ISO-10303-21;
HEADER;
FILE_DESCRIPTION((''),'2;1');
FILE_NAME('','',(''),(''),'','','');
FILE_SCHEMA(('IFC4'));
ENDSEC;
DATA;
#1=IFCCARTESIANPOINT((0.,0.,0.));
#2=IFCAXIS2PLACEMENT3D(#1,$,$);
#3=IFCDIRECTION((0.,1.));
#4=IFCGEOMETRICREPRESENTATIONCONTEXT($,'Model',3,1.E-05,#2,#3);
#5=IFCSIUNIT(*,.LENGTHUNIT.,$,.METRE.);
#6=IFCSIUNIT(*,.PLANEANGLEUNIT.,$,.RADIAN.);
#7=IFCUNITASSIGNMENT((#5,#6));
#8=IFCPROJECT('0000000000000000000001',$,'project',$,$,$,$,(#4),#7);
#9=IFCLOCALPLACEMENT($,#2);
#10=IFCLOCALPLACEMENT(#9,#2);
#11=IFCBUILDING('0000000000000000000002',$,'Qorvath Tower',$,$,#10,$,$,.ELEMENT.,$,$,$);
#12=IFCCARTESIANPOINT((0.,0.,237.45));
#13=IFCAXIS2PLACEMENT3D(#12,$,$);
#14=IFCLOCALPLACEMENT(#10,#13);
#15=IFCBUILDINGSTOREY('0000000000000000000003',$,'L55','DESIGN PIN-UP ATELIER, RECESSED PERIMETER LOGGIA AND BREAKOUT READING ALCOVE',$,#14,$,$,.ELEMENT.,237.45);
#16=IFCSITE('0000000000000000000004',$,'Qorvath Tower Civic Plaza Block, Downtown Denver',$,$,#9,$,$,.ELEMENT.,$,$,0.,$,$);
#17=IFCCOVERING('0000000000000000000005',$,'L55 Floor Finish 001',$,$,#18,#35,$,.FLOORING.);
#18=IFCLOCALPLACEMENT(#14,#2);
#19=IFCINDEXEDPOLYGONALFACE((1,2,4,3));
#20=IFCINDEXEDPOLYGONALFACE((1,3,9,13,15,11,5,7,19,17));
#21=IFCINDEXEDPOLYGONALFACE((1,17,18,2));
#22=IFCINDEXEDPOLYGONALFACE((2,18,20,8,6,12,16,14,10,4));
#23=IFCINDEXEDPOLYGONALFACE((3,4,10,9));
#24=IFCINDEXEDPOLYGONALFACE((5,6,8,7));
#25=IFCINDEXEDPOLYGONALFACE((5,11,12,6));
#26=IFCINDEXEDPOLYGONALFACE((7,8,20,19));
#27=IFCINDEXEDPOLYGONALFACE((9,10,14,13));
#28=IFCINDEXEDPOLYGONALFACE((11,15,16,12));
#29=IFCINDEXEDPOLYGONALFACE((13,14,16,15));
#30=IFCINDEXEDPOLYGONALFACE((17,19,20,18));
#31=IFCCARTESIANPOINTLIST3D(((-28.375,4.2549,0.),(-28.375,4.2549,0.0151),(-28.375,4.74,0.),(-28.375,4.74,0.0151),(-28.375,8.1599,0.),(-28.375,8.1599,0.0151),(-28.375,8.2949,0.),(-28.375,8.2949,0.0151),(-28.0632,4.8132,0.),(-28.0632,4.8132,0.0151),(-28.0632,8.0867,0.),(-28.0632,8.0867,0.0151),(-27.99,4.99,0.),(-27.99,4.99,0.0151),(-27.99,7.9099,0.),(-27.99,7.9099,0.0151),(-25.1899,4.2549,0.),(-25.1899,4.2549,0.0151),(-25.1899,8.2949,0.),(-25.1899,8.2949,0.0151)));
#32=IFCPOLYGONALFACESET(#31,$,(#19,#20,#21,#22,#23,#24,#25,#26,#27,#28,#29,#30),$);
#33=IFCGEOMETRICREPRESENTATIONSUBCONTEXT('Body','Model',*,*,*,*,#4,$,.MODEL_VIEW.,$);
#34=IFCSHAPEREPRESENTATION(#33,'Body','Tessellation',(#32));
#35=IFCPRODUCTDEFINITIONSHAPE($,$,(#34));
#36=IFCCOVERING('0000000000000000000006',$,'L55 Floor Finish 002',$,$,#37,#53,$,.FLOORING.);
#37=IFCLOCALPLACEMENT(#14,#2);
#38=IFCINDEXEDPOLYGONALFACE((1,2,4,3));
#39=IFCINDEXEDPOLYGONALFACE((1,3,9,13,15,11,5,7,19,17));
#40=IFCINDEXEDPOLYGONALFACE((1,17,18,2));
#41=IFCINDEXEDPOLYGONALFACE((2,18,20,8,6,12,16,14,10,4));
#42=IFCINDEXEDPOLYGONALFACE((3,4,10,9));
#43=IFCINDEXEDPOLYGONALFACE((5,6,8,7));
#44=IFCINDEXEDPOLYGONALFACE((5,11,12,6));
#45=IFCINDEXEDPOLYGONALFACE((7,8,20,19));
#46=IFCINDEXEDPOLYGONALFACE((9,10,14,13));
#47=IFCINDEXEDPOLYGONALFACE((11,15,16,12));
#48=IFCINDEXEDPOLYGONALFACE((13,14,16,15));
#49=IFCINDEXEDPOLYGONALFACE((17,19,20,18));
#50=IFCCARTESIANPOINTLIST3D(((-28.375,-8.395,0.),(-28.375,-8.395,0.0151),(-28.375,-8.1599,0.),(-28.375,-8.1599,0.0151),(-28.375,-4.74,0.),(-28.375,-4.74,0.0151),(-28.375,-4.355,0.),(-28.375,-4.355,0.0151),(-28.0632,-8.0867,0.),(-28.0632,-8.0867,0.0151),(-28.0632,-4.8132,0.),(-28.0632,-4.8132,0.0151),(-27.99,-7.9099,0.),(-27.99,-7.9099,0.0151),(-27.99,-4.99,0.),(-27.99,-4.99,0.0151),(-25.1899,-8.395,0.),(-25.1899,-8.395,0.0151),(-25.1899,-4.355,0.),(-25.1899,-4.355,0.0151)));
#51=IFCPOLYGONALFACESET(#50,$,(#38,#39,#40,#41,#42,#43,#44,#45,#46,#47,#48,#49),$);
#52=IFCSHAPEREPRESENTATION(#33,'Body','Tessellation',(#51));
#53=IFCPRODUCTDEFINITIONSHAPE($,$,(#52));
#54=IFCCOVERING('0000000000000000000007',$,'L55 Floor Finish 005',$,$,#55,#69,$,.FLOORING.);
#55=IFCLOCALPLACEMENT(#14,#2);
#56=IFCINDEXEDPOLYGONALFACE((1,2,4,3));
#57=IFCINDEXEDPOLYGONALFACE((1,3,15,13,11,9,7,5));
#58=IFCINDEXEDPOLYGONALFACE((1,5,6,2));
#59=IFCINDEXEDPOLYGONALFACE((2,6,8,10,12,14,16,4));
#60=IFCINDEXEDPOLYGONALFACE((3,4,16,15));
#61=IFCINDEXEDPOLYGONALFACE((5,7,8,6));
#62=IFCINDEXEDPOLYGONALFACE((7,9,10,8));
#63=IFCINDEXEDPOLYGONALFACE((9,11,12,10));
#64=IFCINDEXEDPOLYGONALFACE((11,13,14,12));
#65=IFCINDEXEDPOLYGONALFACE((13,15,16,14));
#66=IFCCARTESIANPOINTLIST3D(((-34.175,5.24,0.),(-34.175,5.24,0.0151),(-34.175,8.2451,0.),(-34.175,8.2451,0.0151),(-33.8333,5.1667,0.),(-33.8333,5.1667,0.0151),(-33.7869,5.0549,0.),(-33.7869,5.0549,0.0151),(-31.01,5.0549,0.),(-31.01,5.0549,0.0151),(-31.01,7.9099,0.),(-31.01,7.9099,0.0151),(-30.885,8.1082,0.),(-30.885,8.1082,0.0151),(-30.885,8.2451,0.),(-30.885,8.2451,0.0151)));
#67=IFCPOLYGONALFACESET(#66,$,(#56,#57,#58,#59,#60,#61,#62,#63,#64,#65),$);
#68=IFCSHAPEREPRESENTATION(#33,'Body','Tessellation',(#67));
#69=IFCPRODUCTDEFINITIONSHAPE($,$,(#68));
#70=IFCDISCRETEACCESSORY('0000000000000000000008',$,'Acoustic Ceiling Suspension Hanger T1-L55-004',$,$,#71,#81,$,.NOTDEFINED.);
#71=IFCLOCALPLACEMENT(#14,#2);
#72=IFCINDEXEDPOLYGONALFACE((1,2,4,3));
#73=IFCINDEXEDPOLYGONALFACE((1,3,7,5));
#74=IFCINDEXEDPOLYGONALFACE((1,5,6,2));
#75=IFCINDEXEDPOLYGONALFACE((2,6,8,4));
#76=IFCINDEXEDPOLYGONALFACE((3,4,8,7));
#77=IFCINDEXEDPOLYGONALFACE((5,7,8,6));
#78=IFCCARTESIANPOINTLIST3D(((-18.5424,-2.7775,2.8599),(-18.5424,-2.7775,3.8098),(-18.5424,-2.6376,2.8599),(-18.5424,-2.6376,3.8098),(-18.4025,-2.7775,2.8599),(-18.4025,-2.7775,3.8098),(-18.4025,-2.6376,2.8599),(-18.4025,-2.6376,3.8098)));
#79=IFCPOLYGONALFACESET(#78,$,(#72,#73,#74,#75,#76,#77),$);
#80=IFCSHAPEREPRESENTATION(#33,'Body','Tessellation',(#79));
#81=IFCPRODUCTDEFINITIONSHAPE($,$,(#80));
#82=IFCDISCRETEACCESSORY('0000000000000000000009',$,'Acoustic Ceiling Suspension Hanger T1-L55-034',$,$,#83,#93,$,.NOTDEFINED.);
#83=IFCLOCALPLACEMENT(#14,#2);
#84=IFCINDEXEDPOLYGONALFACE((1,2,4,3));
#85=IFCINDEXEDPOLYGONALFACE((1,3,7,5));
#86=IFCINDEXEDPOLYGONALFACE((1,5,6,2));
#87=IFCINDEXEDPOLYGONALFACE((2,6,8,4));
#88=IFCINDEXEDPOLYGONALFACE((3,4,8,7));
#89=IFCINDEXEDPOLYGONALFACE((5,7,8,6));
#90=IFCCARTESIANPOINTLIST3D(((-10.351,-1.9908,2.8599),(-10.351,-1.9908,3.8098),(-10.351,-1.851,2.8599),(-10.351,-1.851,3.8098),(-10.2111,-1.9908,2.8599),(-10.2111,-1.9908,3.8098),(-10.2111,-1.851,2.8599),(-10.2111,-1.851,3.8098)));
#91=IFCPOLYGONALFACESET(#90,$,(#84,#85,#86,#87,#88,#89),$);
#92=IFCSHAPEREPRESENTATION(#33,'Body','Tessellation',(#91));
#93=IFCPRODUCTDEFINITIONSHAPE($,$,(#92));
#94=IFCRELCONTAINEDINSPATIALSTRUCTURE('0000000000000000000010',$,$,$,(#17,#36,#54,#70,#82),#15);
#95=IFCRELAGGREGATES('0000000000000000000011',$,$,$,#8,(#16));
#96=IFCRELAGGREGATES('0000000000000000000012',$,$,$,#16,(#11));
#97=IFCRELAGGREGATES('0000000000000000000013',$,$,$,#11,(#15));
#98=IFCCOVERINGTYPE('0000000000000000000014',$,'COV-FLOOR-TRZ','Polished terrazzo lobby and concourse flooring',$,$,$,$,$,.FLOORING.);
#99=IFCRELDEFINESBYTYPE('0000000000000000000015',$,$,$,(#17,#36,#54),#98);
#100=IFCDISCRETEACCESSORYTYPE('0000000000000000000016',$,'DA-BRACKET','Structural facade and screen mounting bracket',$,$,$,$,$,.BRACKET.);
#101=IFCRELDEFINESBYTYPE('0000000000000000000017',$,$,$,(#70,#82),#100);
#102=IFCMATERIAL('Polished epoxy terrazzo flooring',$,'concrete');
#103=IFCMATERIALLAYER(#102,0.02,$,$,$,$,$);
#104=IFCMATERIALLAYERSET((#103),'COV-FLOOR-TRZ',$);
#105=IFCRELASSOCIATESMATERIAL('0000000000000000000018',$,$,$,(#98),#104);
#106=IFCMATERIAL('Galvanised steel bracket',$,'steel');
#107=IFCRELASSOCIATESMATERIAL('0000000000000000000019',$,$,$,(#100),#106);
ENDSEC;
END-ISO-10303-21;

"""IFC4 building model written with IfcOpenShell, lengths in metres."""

from ifc_helpers import new_model, si_unit, direction, frame, origin, origin_2d, place, context, subcontext, project, spatial, polyline, rectangle, outline, extrude, material, layer, layer_set, type_object, element, save


model = new_model("IFC4")

# Units and contexts
model_context = context("Model", 3, precision=1e-05, world=origin(), true_north=direction((0.0, 1.0)))
body_context = subcontext(model_context, "Body", "Model", "MODEL_VIEW")
ifc_project = project(units=[si_unit("LENGTHUNIT", "METRE"), si_unit("PLANEANGLEUNIT", "RADIAN")], contexts=[model_context])

# Site, building, storey
site_placement = place(None, origin())
site = spatial("IfcSite", under=ifc_project, at=site_placement, Name="Qorvath Tower Civic Plaza Block, Downtown Denver", CompositionType="ELEMENT", RefElevation=0.0)
building_placement = place(site_placement, origin())
building = spatial("IfcBuilding", under=site, at=building_placement, Name="Qorvath Tower", CompositionType="ELEMENT")
storey_placement = place(building_placement, frame((0.0, 0.0, 237.45)))
storey = spatial("IfcBuildingStorey", under=building, at=storey_placement, Name="L55", Description="DESIGN PIN-UP ATELIER, RECESSED PERIMETER LOGGIA AND BREAKOUT READING ALCOVE", CompositionType="ELEMENT", Elevation=237.45)

# Coverings
ifc_material_1 = material(Name="Polished epoxy terrazzo flooring", Category="concrete")
ifc_layer_1 = layer(ifc_material_1, 0.02)
ifc_layer_set_1 = layer_set([ifc_layer_1], Name="COV-FLOOR-TRZ")
covering_type_1 = type_object("IfcCoveringType", Name="COV-FLOOR-TRZ", Description="Polished terrazzo lobby and concourse flooring", PredefinedType="FLOORING", material=ifc_layer_set_1)
covering_1_placement = place(storey_placement, origin())
element("IfcCovering", 1, at=covering_1_placement, inside=storey, type_object=covering_type_1, Name="L55 Floor Finish 001", PredefinedType="FLOORING", context=body_context, shape_type="SweptSolid", body=[
    extrude(outline(polyline([(-25.1899, 4.2549), (-25.1899, 8.2949), (-28.375, 8.2949), (-28.375, 8.1599), (-28.0632, 8.0867), (-27.99, 7.9099), (-27.99, 4.99), (-28.0632, 4.8132), (-28.375, 4.74), (-28.375, 4.2549), (-25.1899, 4.2549)])), origin(), (0.0, 0.0, 1.0), 0.0151),
])
covering_2_placement = place(storey_placement, origin())
element("IfcCovering", 2, at=covering_2_placement, inside=storey, type_object=covering_type_1, Name="L55 Floor Finish 002", PredefinedType="FLOORING", context=body_context, shape_type="SweptSolid", body=[
    extrude(outline(polyline([(-25.1899, -8.395), (-25.1899, -4.355), (-28.375, -4.355), (-28.375, -4.74), (-28.0632, -4.8132), (-27.99, -4.99), (-27.99, -7.9099), (-28.0632, -8.0867), (-28.375, -8.1599), (-28.375, -8.395), (-25.1899, -8.395)])), origin(), (0.0, 0.0, 1.0), 0.0151),
])
covering_3_placement = place(storey_placement, origin())
element("IfcCovering", 3, at=covering_3_placement, inside=storey, type_object=covering_type_1, Name="L55 Floor Finish 005", PredefinedType="FLOORING", context=body_context, shape_type="SweptSolid", body=[
    extrude(outline(polyline([(-31.01, 5.0549), (-31.01, 7.9099), (-30.885, 8.1082), (-30.885, 8.2451), (-34.175, 8.2451), (-34.175, 5.24), (-33.8333, 5.1667), (-33.7869, 5.0549), (-31.01, 5.0549)])), origin(), (0.0, 0.0, 1.0), 0.0151),
])

# Discrete accessories
ifc_material_2 = material(Name="Galvanised steel bracket", Category="steel")
discrete_accessory_type = type_object("IfcDiscreteAccessoryType", Name="DA-BRACKET", Description="Structural facade and screen mounting bracket", PredefinedType="BRACKET", material=ifc_material_2)
for number, where, z_axis, x_axis, name in (
    (4, (-18.4724, -2.7075, 2.8599), (0.0, 0.0, 1.0), (1.0, 0.0, 0.0), "Acoustic Ceiling Suspension Hanger T1-L55-004"),
    (5, (-10.281, -1.9209, 2.8599), (0.0, 0.0, 1.0), (1.0, 0.0, 0.0), "Acoustic Ceiling Suspension Hanger T1-L55-034"),
):
    element("IfcDiscreteAccessory", number, at=place(storey_placement, frame(where, z_axis=z_axis, x_axis=x_axis)), inside=storey, type_object=discrete_accessory_type, Name=name, PredefinedType="NOTDEFINED", context=body_context, shape_type="SweptSolid", body=[
        extrude(rectangle(XDim=0.1399, YDim=0.1399, at=origin_2d()), origin(), (0.0, 0.0, 1.0), 0.95),
    ])

save(model, "model.ifc")
